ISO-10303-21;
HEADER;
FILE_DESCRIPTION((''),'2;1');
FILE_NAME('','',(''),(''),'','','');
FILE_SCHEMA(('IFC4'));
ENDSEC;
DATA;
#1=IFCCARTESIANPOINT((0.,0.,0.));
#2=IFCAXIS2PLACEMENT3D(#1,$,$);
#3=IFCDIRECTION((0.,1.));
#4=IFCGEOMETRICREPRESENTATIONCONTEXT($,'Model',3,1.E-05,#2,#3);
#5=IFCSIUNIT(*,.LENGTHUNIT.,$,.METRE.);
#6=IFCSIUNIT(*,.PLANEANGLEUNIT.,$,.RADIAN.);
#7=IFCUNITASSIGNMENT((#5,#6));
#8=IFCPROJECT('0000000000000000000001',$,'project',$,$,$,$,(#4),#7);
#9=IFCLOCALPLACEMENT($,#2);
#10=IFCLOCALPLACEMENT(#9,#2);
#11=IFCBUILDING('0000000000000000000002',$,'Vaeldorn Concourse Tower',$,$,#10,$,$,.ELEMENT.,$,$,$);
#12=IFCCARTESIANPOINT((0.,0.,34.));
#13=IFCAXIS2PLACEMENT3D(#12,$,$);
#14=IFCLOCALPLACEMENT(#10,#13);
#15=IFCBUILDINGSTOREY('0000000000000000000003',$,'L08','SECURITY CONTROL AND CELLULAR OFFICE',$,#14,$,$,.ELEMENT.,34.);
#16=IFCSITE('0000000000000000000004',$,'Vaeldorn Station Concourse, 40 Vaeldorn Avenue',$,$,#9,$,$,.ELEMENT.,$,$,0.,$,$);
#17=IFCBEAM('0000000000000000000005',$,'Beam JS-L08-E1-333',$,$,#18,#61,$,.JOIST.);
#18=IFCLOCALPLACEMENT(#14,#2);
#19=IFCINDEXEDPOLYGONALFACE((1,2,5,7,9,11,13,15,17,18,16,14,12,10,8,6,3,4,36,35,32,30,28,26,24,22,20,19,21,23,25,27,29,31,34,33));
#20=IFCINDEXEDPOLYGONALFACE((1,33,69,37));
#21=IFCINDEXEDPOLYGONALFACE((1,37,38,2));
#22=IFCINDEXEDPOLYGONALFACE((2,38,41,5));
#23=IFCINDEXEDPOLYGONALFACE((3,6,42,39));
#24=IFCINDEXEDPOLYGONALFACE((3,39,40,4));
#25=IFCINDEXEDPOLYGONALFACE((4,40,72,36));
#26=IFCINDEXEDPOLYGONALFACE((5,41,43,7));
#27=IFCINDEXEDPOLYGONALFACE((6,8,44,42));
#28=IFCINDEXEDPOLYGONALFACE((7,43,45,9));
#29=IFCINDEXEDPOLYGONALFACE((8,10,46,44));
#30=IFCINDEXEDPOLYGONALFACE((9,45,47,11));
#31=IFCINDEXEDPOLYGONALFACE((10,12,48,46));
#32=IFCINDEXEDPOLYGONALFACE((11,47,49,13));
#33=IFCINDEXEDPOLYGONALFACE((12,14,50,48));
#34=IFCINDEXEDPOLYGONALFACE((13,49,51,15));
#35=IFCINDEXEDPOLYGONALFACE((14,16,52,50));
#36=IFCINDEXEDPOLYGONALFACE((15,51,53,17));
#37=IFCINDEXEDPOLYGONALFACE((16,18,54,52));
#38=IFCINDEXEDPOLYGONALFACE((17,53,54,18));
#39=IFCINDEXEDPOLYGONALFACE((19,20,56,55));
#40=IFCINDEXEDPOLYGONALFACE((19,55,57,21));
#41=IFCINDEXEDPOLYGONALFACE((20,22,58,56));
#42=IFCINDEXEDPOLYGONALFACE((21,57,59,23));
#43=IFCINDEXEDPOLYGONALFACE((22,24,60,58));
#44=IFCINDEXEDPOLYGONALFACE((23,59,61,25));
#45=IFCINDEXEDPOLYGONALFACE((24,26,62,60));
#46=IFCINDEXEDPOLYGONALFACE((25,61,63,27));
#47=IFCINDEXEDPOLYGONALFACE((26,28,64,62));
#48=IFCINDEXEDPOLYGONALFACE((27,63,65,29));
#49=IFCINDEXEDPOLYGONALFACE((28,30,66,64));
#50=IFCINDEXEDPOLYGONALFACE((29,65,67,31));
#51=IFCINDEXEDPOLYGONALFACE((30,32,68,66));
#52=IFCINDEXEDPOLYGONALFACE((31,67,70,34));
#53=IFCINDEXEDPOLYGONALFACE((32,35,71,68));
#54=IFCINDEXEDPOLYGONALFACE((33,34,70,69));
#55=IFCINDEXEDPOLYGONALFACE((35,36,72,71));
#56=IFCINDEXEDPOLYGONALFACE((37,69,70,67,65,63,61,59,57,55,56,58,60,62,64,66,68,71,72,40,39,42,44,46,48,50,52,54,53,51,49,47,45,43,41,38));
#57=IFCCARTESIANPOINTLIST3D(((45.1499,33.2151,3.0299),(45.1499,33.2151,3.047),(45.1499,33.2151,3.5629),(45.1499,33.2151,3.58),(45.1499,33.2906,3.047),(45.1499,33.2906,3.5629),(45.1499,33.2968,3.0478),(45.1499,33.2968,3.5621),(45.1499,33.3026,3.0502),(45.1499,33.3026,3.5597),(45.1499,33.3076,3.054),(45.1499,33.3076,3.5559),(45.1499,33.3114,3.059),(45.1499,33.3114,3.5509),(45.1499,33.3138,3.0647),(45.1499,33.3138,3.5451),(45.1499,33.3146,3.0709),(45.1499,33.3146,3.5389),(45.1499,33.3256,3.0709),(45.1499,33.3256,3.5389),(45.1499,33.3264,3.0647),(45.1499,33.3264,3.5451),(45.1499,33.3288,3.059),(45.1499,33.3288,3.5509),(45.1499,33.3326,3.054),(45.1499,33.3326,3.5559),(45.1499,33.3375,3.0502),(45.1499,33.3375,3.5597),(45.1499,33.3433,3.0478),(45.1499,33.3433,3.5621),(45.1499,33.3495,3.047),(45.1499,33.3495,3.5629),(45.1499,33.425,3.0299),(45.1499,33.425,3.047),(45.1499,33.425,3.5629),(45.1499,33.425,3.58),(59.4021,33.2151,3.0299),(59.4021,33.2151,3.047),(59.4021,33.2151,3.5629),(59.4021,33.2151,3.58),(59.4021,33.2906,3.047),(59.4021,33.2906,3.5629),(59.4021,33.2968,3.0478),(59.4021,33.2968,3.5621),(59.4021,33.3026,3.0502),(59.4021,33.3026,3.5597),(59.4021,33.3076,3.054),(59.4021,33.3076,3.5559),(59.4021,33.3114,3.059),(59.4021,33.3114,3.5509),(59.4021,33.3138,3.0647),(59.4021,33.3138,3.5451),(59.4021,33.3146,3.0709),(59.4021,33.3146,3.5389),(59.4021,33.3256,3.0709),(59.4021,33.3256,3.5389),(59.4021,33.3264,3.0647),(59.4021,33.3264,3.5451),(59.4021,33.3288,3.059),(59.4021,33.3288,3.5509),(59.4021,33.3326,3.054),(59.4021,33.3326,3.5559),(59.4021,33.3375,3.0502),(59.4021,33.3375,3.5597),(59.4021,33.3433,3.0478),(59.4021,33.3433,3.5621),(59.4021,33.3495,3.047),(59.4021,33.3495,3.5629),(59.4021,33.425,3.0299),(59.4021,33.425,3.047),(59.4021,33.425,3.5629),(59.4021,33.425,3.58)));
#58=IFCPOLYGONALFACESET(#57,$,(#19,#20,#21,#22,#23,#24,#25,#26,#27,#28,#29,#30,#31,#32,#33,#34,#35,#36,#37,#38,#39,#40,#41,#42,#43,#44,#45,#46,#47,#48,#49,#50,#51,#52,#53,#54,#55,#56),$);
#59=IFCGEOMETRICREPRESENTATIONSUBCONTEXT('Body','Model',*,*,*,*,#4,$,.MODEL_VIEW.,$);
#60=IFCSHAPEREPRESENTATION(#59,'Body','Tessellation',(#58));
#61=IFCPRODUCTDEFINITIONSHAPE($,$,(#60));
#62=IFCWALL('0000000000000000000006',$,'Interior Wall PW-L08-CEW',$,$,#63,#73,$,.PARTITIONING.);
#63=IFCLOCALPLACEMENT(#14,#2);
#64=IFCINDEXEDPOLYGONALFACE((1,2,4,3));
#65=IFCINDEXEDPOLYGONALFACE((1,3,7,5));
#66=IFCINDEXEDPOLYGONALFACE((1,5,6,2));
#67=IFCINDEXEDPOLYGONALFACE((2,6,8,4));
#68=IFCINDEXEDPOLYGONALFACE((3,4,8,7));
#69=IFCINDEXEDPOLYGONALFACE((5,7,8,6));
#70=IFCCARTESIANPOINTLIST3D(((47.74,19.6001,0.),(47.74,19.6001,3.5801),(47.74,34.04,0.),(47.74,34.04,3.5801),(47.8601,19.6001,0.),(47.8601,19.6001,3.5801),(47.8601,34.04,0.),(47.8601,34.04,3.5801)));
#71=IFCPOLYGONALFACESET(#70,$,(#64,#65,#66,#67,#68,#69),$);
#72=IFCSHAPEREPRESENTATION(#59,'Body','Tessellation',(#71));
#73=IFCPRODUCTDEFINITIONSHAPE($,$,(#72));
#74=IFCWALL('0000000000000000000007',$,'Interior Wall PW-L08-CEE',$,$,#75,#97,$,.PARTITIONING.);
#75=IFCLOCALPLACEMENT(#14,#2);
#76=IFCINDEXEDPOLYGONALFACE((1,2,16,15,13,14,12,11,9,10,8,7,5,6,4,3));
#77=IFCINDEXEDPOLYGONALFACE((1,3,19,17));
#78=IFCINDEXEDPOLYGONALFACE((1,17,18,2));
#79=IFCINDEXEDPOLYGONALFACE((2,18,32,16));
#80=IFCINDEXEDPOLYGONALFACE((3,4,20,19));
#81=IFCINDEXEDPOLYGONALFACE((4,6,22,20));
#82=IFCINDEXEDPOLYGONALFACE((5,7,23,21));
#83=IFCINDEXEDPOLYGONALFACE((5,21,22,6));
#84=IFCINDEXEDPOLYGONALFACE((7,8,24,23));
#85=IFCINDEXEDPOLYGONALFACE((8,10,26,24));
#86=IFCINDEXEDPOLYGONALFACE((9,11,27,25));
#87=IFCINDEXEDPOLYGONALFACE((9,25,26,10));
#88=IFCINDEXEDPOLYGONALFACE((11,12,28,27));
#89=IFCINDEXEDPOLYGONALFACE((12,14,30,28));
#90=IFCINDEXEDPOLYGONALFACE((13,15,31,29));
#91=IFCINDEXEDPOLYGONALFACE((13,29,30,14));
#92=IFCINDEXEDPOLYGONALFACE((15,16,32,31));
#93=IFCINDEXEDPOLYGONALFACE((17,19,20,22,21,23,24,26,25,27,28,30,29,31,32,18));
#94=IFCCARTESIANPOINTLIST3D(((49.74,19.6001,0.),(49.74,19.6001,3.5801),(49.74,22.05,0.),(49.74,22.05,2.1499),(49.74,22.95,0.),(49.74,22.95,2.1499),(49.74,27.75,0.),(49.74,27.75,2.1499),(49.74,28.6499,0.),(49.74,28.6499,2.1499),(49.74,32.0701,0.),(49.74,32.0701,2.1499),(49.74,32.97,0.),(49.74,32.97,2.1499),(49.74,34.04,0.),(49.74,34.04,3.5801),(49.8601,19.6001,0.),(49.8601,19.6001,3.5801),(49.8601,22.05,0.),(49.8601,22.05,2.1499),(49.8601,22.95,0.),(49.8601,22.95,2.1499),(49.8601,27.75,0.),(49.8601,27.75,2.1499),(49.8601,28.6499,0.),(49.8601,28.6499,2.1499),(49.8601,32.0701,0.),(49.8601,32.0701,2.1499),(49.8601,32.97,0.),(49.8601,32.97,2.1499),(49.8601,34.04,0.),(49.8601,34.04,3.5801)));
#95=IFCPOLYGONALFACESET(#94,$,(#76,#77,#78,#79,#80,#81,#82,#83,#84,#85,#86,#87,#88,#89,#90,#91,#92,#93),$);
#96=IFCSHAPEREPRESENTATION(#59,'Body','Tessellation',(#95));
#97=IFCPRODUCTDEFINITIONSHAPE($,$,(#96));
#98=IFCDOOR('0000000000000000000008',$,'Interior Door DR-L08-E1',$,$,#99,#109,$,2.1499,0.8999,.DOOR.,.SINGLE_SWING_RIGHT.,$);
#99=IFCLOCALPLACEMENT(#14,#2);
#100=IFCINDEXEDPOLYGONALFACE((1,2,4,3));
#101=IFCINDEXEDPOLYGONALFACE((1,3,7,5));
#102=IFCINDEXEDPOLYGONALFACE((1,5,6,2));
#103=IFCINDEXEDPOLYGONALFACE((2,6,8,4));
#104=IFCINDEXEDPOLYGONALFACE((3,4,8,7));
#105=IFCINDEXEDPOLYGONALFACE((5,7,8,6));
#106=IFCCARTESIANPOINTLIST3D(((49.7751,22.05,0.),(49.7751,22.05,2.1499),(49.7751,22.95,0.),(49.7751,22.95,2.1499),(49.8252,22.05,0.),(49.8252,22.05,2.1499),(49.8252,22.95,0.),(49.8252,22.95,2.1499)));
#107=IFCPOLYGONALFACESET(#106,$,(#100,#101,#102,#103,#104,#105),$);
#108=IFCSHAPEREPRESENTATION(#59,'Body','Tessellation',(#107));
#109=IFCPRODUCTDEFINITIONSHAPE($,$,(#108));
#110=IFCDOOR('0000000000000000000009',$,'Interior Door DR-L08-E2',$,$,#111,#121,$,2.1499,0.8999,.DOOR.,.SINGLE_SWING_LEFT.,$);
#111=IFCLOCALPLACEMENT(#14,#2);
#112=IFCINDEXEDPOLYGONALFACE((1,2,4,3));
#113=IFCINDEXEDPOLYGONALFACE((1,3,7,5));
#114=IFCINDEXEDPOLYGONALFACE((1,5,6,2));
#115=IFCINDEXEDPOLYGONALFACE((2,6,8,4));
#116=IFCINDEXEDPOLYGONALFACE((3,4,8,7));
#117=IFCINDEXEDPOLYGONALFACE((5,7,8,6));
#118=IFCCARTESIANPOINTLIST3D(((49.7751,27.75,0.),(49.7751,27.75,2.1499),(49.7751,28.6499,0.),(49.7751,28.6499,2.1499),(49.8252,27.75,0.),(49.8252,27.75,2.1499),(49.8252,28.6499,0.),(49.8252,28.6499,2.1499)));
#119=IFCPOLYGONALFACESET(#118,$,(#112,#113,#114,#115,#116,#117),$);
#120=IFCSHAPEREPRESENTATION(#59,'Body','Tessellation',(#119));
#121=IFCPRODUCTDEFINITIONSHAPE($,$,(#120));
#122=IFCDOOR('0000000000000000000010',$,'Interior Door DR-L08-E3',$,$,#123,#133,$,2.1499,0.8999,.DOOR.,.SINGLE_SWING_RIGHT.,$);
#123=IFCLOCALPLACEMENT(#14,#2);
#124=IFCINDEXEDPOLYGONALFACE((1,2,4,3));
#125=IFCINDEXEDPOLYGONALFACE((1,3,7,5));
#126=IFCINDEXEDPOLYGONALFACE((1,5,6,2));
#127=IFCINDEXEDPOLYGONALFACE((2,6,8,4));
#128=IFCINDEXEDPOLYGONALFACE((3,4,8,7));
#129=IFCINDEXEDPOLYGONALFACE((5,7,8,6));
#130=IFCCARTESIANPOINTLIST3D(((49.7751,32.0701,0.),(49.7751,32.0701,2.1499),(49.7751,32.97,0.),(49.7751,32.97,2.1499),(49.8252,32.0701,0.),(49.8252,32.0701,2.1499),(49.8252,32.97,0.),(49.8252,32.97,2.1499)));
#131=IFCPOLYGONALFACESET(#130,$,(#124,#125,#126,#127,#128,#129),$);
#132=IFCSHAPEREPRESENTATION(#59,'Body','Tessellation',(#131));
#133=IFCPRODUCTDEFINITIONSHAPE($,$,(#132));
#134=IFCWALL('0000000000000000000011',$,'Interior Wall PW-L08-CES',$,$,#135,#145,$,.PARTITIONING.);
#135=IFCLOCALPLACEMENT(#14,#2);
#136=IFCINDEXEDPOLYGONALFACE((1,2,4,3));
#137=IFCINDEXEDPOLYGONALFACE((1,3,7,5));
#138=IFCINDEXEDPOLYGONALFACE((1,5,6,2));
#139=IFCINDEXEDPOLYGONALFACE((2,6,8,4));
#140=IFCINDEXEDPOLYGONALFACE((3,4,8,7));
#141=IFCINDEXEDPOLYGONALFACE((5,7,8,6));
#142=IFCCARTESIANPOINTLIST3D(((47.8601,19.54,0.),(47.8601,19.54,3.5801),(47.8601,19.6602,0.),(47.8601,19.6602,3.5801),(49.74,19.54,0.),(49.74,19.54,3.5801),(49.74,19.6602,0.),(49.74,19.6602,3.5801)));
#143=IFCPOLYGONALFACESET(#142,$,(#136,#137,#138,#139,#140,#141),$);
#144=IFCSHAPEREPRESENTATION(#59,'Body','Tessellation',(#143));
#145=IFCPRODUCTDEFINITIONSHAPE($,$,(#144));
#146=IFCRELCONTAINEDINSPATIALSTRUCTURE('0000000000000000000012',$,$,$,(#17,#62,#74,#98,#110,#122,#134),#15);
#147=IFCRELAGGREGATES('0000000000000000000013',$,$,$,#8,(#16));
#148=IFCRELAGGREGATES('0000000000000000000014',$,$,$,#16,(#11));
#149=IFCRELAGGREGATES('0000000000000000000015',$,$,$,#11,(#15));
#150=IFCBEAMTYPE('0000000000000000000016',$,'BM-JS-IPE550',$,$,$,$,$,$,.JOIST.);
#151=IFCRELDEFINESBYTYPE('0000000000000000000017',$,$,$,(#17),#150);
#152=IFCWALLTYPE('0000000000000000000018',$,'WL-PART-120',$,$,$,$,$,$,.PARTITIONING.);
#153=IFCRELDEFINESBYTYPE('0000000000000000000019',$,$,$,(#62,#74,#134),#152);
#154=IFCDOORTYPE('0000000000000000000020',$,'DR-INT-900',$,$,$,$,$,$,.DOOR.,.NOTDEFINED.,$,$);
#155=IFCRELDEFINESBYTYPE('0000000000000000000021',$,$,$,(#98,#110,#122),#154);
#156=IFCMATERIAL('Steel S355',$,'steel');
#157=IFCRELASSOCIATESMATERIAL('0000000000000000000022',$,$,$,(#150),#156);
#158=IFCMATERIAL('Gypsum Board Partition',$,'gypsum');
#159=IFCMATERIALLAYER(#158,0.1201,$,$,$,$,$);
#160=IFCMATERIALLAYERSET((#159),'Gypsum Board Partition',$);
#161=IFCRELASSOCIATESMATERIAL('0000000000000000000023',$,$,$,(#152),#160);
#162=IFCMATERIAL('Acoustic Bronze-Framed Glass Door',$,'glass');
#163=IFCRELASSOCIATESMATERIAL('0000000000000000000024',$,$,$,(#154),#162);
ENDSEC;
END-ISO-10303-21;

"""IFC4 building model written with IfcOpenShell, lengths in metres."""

from ifc_helpers import new_model, si_unit, direction, frame, frame_2d, origin, origin_2d, place, context, subcontext, project, spatial, rectangle, i_section, extrude, source, transform, mapped, material, layer, layer_set, material_profile, profile_set, type_object, element, fill, save


model = new_model("IFC4")

# Units and contexts
model_context = context("Model", 3, precision=1e-05, world=origin(), true_north=direction((0.0, 1.0)))
body_context = subcontext(model_context, "Body", "Model", "MODEL_VIEW")
ifc_project = project(units=[si_unit("LENGTHUNIT", "METRE"), si_unit("PLANEANGLEUNIT", "RADIAN")], contexts=[model_context])

# Site, building, storey
site_placement = place(None, origin())
site = spatial("IfcSite", under=ifc_project, at=site_placement, Name="Vaeldorn Station Concourse, 40 Vaeldorn Avenue", CompositionType="ELEMENT", RefElevation=0.0)
building_placement = place(site_placement, origin())
building = spatial("IfcBuilding", under=site, at=building_placement, Name="Vaeldorn Concourse Tower", CompositionType="ELEMENT")
storey_placement = place(building_placement, frame((0.0, 0.0, 34.0)))
storey = spatial("IfcBuildingStorey", under=building, at=storey_placement, Name="L08", Description="SECURITY CONTROL AND CELLULAR OFFICE", CompositionType="ELEMENT", Elevation=34.0)

# Beam
ifc_material_1 = material(Name="Steel S355", Category="steel")
ifc_material_profile_1 = material_profile(ifc_material_1, i_section(OverallWidth=0.21, OverallDepth=0.55, WebThickness=0.011, FlangeThickness=0.0171, FilletRadius=0.0239, at=origin_2d()), Name="IPE 550")
ifc_profile_set_1 = profile_set([ifc_material_profile_1], Name="Steel S355")
beam_type_1 = type_object("IfcBeamType", Name="BM-JS-IPE550", PredefinedType="JOIST", material=ifc_profile_set_1)
shared_shape_1 = source(origin(), body_context, "Body", "SweptSolid", [
    extrude(i_section(OverallWidth=0.21, OverallDepth=0.55, WebThickness=0.011, FlangeThickness=0.0171, FilletRadius=0.0239, at=origin_2d()), origin(), (0.0, 0.0, 1.0), 14.2522),
])
beam_1_placement = place(storey_placement, frame((45.1499, 33.3201, 3.3049), z_axis=(1.0, 0.0, 0.0), x_axis=(0.0, 1.0, 0.0)))
element("IfcBeam", 1, at=beam_1_placement, inside=storey, type_object=beam_type_1, Name="Beam JS-L08-E1-333", PredefinedType="JOIST", context=body_context, shape_type="MappedRepresentation", body=[
    mapped(shared_shape_1, transform((0.0, 0.0, 0.0), scale=1.0)),
])

# Wall
ifc_material_2 = material(Name="Gypsum Board Partition", Category="gypsum")
ifc_layer = layer(ifc_material_2, 0.1201)
ifc_layer_set = layer_set([ifc_layer], Name="Gypsum Board Partition")
wall_type = type_object("IfcWallType", Name="WL-PART-120", PredefinedType="PARTITIONING", material=ifc_layer_set)
wall_1_placement = place(storey_placement, frame((47.8, 19.6001, 0.0), z_axis=(0.0, 0.0, 1.0), x_axis=(0.0, 1.0, 0.0)))
element("IfcWall", 2, at=wall_1_placement, inside=storey, type_object=wall_type, Name="Interior Wall PW-L08-CEW", PredefinedType="PARTITIONING", context=body_context, shape_type="SweptSolid", body=[
    extrude(rectangle(XDim=14.4399, YDim=0.1201, at=frame_2d((7.22, 0.0))), origin(), (0.0, 0.0, 1.0), 3.5801),
])

# Wall, openings, doors
wall_2_placement = place(storey_placement, frame((49.8, 19.6001, 0.0), z_axis=(0.0, 0.0, 1.0), x_axis=(0.0, 1.0, 0.0)))
wall_2 = element("IfcWall", 3, at=wall_2_placement, inside=storey, type_object=wall_type, Name="Interior Wall PW-L08-CEE", PredefinedType="PARTITIONING", context=body_context, shape_type="SweptSolid", body=[
    extrude(rectangle(XDim=14.4399, YDim=0.1201, at=frame_2d((7.22, 0.0))), origin(), (0.0, 0.0, 1.0), 3.5801),
])
opening_1_placement = place(wall_2_placement, frame((2.45, 0.0, 0.0)))
opening_1 = element("IfcOpeningElement", 4, at=opening_1_placement, cuts=wall_2, PredefinedType="OPENING", context=body_context, shape_type="SweptSolid", body=[
    extrude(rectangle(XDim=0.8999, YDim=2.1499, at=frame_2d((0.45, 1.075))), frame((0.0, 0.0701, 0.0), z_axis=(0.0, -1.0, 0.0), x_axis=(1.0, 0.0, 0.0)), (0.0, 0.0, 1.0), 0.1401),
])
opening_2_placement = place(wall_2_placement, frame((8.1499, 0.0, 0.0)))
opening_2 = element("IfcOpeningElement", 5, at=opening_2_placement, cuts=wall_2, PredefinedType="OPENING", context=body_context, shape_type="SweptSolid", body=[
    extrude(rectangle(XDim=0.8999, YDim=2.1499, at=frame_2d((0.45, 1.075))), frame((0.0, 0.0701, 0.0), z_axis=(0.0, -1.0, 0.0), x_axis=(1.0, 0.0, 0.0)), (0.0, 0.0, 1.0), 0.1401),
])
opening_3_placement = place(wall_2_placement, frame((12.47, 0.0, 0.0)))
opening_3 = element("IfcOpeningElement", 6, at=opening_3_placement, cuts=wall_2, PredefinedType="OPENING", context=body_context, shape_type="SweptSolid", body=[
    extrude(rectangle(XDim=0.8999, YDim=2.1499, at=frame_2d((0.45, 1.075))), frame((0.0, 0.0701, 0.0), z_axis=(0.0, -1.0, 0.0), x_axis=(1.0, 0.0, 0.0)), (0.0, 0.0, 1.0), 0.1401),
])
ifc_material_3 = material(Name="Acoustic Bronze-Framed Glass Door", Category="glass")
door_type = type_object("IfcDoorType", Name="DR-INT-900", OperationType="NOTDEFINED", PredefinedType="DOOR", material=ifc_material_3)
shared_shape_2 = source(origin(), body_context, "Body", "SweptSolid", [
    extrude(rectangle(XDim=0.8999, YDim=2.1499, at=frame_2d((0.45, 1.075))), frame((0.0, 0.0249, 0.0), z_axis=(0.0, -1.0, 0.0), x_axis=(1.0, 0.0, 0.0)), (0.0, 0.0, 1.0), 0.05),
])
door_1_placement = place(opening_1_placement, origin())
door_1 = element("IfcDoor", 7, at=door_1_placement, inside=storey, type_object=door_type, Name="Interior Door DR-L08-E1", OperationType="SINGLE_SWING_RIGHT", OverallHeight=2.1499, OverallWidth=0.8999, PredefinedType="DOOR", context=body_context, shape_type="MappedRepresentation", body=[
    mapped(shared_shape_2, transform((0.0, 0.0, 0.0), scale=1.0)),
])
fill(opening_1, door_1)
door_2_placement = place(opening_2_placement, origin())
door_2 = element("IfcDoor", 8, at=door_2_placement, inside=storey, type_object=door_type, Name="Interior Door DR-L08-E2", OperationType="SINGLE_SWING_LEFT", OverallHeight=2.1499, OverallWidth=0.8999, PredefinedType="DOOR", context=body_context, shape_type="MappedRepresentation", body=[
    mapped(shared_shape_2, transform((0.0, 0.0, 0.0), scale=1.0)),
])
fill(opening_2, door_2)
door_3_placement = place(opening_3_placement, origin())
door_3 = element("IfcDoor", 9, at=door_3_placement, inside=storey, type_object=door_type, Name="Interior Door DR-L08-E3", OperationType="SINGLE_SWING_RIGHT", OverallHeight=2.1499, OverallWidth=0.8999, PredefinedType="DOOR", context=body_context, shape_type="MappedRepresentation", body=[
    mapped(shared_shape_2, transform((0.0, 0.0, 0.0), scale=1.0)),
])
fill(opening_3, door_3)

# Wall
wall_3_placement = place(storey_placement, frame((47.8601, 19.6001, 0.0), z_axis=(0.0, 0.0, 1.0), x_axis=(1.0, 0.0, 0.0)))
element("IfcWall", 10, at=wall_3_placement, inside=storey, type_object=wall_type, Name="Interior Wall PW-L08-CES", PredefinedType="PARTITIONING", context=body_context, shape_type="SweptSolid", body=[
    extrude(rectangle(XDim=1.8799, YDim=0.1201, at=frame_2d((0.9399, 0.0))), origin(), (0.0, 0.0, 1.0), 3.5801),
])

save(model, "model.ifc")
